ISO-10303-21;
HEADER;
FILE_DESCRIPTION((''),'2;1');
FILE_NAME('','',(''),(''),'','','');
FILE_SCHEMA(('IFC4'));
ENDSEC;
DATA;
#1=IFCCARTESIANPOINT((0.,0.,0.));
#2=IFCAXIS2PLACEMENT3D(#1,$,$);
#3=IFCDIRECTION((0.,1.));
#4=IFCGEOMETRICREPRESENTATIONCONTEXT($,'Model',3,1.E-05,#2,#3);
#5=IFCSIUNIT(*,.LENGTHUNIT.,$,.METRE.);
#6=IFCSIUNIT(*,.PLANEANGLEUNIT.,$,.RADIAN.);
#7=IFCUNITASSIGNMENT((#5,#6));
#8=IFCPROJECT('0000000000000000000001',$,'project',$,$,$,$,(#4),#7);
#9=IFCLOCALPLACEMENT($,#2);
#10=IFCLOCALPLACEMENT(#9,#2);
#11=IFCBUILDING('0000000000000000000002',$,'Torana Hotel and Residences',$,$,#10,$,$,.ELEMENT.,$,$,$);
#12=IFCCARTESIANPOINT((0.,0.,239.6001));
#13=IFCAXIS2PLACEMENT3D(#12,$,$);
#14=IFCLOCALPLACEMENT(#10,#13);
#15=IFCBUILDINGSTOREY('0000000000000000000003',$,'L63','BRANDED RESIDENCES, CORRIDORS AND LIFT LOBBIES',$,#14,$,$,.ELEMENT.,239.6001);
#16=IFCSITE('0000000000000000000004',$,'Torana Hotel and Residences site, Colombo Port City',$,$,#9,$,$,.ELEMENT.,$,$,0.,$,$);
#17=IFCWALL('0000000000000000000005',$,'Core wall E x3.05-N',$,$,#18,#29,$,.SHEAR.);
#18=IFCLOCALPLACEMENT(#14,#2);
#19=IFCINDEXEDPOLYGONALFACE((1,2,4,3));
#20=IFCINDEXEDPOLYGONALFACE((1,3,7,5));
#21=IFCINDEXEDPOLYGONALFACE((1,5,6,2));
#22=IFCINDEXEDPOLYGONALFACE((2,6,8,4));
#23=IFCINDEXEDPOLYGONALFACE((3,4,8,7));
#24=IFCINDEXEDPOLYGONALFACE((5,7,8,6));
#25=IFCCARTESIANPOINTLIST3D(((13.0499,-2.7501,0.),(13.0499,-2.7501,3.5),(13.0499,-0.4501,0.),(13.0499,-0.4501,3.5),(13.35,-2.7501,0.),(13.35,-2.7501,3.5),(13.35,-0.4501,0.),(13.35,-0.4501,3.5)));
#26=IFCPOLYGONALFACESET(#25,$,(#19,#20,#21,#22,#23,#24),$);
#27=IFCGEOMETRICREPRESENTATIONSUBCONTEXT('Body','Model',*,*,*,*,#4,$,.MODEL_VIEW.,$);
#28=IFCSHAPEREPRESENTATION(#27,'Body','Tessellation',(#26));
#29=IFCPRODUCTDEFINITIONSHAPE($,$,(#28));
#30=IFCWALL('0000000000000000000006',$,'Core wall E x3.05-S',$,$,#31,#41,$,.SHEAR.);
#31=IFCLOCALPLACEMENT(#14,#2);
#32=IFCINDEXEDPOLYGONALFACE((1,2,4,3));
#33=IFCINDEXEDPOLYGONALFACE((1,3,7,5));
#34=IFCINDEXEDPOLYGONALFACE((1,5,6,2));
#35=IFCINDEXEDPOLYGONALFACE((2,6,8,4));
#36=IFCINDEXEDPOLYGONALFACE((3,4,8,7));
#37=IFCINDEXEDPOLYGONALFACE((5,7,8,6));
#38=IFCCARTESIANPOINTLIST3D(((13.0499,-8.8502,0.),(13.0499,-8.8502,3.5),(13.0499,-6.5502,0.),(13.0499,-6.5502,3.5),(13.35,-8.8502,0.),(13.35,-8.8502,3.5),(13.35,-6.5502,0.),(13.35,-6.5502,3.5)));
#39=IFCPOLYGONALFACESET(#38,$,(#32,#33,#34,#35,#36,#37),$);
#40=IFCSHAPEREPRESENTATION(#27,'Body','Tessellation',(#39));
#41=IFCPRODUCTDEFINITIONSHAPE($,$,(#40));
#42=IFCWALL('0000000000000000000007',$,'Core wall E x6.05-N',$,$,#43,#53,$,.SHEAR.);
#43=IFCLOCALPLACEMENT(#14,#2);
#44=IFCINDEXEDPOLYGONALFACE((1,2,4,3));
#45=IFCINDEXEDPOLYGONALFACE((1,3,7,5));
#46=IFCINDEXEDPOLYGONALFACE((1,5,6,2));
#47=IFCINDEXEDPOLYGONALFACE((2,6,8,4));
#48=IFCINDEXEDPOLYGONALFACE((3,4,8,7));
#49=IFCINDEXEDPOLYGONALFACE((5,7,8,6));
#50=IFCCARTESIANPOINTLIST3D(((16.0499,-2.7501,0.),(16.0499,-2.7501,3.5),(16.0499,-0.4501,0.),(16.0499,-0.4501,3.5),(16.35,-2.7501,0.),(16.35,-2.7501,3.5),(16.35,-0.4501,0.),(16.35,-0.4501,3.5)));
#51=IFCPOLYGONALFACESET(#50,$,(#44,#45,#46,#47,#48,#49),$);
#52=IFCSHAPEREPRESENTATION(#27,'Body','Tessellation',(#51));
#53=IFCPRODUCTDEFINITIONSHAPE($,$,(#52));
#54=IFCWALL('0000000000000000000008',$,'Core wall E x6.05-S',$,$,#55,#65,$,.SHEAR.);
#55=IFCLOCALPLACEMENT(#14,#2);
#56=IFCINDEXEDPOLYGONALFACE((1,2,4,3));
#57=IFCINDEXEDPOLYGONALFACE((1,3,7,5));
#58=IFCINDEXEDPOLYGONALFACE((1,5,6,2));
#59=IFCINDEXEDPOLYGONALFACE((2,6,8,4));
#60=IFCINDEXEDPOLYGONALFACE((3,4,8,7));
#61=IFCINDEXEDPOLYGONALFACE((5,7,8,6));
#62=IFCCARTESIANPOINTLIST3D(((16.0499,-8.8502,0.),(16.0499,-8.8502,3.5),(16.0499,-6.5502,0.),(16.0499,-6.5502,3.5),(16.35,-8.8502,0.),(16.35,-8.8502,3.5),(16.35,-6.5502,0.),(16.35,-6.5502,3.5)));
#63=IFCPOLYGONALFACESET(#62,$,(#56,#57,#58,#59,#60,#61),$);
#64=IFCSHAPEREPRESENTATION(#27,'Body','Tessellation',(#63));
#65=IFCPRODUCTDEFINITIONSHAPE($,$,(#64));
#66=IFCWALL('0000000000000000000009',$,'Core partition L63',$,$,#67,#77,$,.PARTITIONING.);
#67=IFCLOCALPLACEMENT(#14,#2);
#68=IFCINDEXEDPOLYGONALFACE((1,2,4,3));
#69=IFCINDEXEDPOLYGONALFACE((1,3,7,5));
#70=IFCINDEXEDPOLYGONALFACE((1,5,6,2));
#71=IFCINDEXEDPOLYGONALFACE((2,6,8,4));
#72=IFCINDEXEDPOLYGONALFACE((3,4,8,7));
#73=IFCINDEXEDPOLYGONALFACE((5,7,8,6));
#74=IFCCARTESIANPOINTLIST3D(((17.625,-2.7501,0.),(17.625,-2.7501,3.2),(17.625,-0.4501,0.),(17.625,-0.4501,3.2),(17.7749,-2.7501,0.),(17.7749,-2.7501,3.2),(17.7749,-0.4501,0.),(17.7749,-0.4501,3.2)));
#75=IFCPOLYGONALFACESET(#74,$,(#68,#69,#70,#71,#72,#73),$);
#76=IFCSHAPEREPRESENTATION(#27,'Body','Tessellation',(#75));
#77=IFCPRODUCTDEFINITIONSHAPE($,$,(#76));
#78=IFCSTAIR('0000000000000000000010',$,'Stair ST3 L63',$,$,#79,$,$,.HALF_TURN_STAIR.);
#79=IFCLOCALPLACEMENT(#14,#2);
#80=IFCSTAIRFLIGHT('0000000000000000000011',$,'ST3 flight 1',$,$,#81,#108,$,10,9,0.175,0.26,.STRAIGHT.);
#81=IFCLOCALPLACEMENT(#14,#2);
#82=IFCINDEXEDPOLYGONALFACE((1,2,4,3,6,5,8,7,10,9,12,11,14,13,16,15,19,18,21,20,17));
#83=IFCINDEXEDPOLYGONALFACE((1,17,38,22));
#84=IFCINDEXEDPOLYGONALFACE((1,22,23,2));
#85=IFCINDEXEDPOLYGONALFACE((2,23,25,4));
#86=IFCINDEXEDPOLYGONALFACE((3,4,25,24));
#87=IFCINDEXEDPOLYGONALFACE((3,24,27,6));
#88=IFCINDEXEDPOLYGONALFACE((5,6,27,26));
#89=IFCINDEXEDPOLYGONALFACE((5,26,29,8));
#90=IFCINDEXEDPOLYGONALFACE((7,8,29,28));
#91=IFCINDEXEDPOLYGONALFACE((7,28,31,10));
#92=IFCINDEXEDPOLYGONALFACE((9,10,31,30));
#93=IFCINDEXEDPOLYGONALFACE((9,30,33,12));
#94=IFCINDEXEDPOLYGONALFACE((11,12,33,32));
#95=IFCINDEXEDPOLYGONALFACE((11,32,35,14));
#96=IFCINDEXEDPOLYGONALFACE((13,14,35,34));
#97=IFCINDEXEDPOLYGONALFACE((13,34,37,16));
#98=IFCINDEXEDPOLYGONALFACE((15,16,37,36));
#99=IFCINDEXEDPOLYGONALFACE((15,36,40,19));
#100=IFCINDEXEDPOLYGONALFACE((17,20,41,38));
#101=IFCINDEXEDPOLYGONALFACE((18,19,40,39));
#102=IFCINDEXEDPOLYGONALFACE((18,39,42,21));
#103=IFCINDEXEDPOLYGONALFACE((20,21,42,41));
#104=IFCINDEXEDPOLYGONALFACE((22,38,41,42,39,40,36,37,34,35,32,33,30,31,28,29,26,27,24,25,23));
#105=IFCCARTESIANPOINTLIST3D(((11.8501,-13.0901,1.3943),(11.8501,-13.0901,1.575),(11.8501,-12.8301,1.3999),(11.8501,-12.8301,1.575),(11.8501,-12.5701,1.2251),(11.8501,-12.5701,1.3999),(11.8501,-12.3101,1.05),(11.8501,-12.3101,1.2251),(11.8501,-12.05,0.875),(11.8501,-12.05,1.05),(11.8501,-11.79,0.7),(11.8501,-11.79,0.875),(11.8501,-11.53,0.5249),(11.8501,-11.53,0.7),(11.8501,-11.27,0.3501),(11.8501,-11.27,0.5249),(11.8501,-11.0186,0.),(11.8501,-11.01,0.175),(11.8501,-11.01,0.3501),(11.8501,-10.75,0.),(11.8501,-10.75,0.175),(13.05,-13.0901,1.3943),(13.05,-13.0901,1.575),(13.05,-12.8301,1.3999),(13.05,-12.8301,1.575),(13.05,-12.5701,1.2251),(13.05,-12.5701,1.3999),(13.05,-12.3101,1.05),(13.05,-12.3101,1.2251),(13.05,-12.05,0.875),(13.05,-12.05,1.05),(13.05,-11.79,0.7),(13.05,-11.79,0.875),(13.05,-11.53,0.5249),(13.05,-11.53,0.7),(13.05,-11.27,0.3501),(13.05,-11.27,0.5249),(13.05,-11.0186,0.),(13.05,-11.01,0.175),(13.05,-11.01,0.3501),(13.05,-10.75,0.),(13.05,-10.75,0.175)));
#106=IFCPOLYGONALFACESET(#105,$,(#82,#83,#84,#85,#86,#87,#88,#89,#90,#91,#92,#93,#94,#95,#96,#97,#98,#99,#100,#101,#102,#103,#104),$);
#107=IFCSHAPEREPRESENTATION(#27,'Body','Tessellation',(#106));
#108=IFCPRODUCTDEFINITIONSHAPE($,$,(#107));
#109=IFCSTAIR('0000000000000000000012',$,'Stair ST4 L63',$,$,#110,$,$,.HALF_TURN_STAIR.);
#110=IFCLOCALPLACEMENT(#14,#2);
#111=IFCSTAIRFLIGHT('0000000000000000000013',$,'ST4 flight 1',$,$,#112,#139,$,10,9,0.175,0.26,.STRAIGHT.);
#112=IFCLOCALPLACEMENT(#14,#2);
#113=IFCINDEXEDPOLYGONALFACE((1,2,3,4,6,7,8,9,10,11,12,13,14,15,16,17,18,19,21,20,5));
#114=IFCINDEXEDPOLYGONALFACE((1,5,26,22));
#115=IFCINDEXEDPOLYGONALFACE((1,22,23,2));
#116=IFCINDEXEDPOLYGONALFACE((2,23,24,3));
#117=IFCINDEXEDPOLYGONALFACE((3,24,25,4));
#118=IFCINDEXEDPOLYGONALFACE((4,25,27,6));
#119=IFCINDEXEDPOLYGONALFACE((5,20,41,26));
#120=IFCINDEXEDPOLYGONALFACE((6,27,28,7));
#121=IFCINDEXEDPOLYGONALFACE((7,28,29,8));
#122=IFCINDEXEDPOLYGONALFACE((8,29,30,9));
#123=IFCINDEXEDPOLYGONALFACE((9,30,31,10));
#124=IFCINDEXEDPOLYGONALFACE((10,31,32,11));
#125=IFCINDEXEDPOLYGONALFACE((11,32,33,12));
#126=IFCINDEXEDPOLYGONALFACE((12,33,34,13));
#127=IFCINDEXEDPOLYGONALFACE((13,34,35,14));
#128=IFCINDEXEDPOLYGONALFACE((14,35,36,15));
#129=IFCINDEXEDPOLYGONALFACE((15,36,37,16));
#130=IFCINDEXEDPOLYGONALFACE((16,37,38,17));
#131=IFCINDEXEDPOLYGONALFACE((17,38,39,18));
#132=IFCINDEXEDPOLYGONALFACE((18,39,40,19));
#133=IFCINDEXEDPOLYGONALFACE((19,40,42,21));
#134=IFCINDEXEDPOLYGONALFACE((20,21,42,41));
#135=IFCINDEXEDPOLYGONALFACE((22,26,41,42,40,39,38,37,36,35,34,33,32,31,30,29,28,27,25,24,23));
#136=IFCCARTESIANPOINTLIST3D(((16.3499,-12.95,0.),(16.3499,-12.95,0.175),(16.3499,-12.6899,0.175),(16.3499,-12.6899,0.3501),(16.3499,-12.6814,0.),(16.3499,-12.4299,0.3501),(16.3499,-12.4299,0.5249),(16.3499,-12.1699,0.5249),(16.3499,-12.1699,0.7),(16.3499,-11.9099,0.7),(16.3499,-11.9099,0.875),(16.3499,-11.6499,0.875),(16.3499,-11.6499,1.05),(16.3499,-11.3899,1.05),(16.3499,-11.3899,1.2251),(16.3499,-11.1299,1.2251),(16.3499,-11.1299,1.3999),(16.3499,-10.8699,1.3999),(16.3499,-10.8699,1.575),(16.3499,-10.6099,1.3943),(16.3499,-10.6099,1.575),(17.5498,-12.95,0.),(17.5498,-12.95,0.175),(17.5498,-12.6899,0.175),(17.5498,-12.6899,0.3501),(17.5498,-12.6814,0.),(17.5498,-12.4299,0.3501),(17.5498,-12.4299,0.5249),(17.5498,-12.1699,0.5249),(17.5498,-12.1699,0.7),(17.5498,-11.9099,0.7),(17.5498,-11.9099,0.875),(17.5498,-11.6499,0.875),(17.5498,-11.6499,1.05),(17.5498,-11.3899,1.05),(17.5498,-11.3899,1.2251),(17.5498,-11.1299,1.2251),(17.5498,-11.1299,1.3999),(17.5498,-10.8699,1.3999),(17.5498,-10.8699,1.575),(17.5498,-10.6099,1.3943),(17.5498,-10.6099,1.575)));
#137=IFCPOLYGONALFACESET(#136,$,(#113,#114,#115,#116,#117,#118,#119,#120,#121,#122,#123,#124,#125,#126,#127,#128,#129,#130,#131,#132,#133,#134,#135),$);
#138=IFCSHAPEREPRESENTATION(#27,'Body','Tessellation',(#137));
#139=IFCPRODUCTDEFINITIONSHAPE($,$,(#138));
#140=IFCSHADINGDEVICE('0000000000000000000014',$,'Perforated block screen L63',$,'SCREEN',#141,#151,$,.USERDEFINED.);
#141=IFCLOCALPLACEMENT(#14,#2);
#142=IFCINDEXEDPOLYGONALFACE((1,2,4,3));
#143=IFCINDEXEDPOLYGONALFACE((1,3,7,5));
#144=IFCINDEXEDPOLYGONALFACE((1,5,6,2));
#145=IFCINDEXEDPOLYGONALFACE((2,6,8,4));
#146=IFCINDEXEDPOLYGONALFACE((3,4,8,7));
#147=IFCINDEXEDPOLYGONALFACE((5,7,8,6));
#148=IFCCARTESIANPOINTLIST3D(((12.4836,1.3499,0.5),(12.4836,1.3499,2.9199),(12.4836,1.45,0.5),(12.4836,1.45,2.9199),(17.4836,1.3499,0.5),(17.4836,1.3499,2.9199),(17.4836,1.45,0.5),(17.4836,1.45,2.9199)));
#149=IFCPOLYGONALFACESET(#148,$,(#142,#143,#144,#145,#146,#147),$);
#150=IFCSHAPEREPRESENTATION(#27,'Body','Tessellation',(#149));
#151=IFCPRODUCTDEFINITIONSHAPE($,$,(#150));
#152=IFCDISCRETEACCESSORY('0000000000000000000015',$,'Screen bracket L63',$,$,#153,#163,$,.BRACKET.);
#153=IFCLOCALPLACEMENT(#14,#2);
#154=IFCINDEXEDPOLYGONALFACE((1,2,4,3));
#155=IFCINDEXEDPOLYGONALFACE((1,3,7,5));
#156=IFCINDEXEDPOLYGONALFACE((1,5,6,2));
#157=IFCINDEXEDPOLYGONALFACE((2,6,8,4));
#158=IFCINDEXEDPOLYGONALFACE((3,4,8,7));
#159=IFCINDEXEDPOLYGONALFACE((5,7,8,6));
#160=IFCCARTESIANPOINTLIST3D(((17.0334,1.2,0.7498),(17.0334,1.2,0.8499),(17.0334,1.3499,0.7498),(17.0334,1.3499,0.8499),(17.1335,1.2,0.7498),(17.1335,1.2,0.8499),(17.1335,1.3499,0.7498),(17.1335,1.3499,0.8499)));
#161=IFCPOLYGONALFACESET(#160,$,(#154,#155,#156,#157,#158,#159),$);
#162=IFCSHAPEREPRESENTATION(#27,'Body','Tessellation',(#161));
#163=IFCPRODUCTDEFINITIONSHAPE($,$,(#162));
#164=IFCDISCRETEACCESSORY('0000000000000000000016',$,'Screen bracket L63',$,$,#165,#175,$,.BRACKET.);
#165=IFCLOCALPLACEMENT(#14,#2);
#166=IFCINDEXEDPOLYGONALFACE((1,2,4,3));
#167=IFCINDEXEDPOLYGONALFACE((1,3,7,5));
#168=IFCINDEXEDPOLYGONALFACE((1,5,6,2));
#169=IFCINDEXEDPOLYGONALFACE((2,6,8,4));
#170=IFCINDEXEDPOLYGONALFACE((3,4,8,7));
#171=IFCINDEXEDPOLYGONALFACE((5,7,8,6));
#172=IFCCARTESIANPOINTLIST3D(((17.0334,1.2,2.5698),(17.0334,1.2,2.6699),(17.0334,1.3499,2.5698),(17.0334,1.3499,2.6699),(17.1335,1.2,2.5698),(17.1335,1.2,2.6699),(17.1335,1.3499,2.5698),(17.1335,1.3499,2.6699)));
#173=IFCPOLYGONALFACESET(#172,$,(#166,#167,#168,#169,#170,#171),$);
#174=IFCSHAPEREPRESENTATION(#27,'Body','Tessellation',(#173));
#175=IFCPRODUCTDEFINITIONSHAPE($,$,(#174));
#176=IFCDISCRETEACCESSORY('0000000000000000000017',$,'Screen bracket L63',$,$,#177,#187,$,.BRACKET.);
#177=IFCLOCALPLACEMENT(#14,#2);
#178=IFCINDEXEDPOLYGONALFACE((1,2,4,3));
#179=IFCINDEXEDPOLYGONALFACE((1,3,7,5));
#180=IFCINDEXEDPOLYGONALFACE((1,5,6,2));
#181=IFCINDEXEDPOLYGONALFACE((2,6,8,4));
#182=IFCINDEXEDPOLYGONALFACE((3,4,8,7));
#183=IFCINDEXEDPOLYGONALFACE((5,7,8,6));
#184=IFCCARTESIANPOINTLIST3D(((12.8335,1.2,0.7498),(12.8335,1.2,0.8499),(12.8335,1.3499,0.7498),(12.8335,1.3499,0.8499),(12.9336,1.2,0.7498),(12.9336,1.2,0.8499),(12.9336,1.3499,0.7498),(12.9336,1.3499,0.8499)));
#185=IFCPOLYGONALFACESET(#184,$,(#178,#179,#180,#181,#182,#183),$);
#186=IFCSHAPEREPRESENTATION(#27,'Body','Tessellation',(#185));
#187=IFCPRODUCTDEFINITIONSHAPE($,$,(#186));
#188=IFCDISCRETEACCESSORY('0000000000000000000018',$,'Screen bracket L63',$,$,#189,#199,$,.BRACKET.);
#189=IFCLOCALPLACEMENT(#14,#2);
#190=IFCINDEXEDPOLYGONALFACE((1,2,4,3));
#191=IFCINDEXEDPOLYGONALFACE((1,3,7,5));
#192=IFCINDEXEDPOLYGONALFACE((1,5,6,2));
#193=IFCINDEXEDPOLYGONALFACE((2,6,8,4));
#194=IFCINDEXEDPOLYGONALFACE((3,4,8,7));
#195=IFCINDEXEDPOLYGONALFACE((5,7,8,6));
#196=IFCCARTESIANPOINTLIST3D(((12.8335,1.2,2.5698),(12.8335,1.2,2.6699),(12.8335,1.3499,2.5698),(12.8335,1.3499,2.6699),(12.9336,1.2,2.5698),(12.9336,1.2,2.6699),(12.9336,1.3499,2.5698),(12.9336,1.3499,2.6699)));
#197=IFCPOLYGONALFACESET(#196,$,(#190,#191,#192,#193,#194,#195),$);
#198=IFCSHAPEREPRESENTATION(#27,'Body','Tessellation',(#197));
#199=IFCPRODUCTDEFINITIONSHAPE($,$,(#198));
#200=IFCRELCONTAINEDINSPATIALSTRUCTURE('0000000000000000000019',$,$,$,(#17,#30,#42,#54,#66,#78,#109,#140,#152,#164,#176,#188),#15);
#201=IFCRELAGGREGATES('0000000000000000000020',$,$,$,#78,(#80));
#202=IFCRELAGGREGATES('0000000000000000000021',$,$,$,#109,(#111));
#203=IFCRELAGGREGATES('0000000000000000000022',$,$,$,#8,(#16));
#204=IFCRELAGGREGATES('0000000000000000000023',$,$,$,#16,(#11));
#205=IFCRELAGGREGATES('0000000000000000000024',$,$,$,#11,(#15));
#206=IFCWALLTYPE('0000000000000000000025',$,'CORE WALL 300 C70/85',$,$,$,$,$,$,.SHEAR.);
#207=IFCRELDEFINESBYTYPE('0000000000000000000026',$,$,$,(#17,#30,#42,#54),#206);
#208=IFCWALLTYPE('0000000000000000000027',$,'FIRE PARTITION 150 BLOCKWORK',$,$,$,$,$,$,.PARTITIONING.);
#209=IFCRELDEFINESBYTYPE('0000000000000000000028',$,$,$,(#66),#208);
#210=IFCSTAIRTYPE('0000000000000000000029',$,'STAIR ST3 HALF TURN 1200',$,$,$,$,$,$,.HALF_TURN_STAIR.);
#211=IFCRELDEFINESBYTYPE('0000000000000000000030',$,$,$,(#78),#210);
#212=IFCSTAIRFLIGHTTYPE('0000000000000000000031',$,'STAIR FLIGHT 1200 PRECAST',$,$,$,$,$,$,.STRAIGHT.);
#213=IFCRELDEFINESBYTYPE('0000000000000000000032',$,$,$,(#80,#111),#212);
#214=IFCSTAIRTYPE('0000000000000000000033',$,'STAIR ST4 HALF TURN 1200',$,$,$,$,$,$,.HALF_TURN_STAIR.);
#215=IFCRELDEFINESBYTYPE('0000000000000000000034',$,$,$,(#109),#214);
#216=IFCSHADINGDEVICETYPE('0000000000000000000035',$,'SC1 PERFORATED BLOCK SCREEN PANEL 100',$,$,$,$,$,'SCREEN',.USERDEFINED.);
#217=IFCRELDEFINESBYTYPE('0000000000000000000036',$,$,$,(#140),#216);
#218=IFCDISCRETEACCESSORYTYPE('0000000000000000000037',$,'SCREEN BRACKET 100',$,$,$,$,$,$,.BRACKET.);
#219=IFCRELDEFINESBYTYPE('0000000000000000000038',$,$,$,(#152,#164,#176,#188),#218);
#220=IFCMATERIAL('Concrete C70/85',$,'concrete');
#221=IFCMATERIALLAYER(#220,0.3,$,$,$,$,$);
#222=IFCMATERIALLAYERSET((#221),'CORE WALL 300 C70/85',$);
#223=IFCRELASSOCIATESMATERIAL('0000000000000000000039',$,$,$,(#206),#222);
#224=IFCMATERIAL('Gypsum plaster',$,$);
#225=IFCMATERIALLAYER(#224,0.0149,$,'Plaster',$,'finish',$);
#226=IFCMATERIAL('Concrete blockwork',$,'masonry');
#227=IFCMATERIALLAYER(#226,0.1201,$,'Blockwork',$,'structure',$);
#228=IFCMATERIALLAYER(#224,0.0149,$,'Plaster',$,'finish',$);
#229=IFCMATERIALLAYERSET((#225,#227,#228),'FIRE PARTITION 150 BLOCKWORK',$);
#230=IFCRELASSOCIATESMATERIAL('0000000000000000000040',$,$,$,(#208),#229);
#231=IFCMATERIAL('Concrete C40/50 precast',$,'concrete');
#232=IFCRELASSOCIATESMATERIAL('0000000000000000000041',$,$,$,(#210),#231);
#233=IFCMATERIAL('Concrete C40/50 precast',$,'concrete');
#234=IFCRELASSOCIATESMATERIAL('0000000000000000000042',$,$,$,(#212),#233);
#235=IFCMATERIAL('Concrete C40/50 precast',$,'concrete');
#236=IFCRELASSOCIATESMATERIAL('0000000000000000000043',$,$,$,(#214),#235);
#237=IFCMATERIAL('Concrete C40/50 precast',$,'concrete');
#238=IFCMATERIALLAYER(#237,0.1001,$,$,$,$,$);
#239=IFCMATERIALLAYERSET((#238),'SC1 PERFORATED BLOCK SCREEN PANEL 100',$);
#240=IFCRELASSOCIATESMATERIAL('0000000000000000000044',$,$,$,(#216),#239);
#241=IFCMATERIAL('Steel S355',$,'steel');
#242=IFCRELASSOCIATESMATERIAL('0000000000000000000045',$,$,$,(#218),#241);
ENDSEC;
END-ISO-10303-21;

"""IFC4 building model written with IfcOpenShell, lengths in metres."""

from ifc_helpers import new_model, si_unit, direction, frame, frame_2d, origin, origin_2d, place, context, subcontext, project, spatial, polyline, rectangle, outline, extrude, material, layer, layer_set, type_object, element, aggregate, save


model = new_model("IFC4")

# Units and contexts
model_context = context("Model", 3, precision=1e-05, world=origin(), true_north=direction((0.0, 1.0)))
body_context = subcontext(model_context, "Body", "Model", "MODEL_VIEW")
ifc_project = project(units=[si_unit("LENGTHUNIT", "METRE"), si_unit("PLANEANGLEUNIT", "RADIAN")], contexts=[model_context])

# Site, building, storey
site_placement = place(None, origin())
site = spatial("IfcSite", under=ifc_project, at=site_placement, Name="Torana Hotel and Residences site, Colombo Port City", CompositionType="ELEMENT", RefElevation=0.0)
building_placement = place(site_placement, origin())
building = spatial("IfcBuilding", under=site, at=building_placement, Name="Torana Hotel and Residences", CompositionType="ELEMENT")
storey_placement = place(building_placement, frame((0.0, 0.0, 239.6001)))
storey = spatial("IfcBuildingStorey", under=building, at=storey_placement, Name="L63", Description="BRANDED RESIDENCES, CORRIDORS AND LIFT LOBBIES", CompositionType="ELEMENT", Elevation=239.6001)

# Walls
ifc_material_1 = material(Name="Concrete C70/85", Category="concrete")
ifc_layer_1 = layer(ifc_material_1, 0.3)
ifc_layer_set_1 = layer_set([ifc_layer_1], Name="CORE WALL 300 C70/85")
wall_type_1 = type_object("IfcWallType", Name="CORE WALL 300 C70/85", PredefinedType="SHEAR", material=ifc_layer_set_1)
for number, where, z_axis, x_axis, name in (
    (1, (13.2, -2.75, 0.0), (0.0, 0.0, 1.0), (0.0, 1.0, 0.0), "Core wall E x3.05-N"),
    (2, (13.2, -8.8501, 0.0), (0.0, 0.0, 1.0), (0.0, 1.0, 0.0), "Core wall E x3.05-S"),
    (3, (16.2, -2.75, 0.0), (0.0, 0.0, 1.0), (0.0, 1.0, 0.0), "Core wall E x6.05-N"),
    (4, (16.2, -8.8501, 0.0), (0.0, 0.0, 1.0), (0.0, 1.0, 0.0), "Core wall E x6.05-S"),
):
    element("IfcWall", number, at=place(storey_placement, frame(where, z_axis=z_axis, x_axis=x_axis)), inside=storey, type_object=wall_type_1, Name=name, PredefinedType="SHEAR", context=body_context, shape_type="SweptSolid", body=[
        extrude(rectangle(XDim=2.3, YDim=0.3, at=frame_2d((1.1499, 0.0))), origin(), (0.0, 0.0, 1.0), 3.5),
    ])
ifc_material_2 = material(Name="Gypsum plaster")
ifc_layer_2 = layer(ifc_material_2, 0.0149, Name="Plaster", Category="finish")
ifc_material_3 = material(Name="Concrete blockwork", Category="masonry")
ifc_layer_3 = layer(ifc_material_3, 0.1201, Name="Blockwork", Category="structure")
ifc_layer_4 = layer(ifc_material_2, 0.0149, Name="Plaster", Category="finish")
ifc_layer_set_2 = layer_set([ifc_layer_2, ifc_layer_3, ifc_layer_4], Name="FIRE PARTITION 150 BLOCKWORK")
wall_type_2 = type_object("IfcWallType", Name="FIRE PARTITION 150 BLOCKWORK", PredefinedType="PARTITIONING", material=ifc_layer_set_2)
wall_placement = place(storey_placement, frame((17.7, -2.75, 0.0), z_axis=(0.0, 0.0, 1.0), x_axis=(0.0, 1.0, 0.0)))
element("IfcWall", 5, at=wall_placement, inside=storey, type_object=wall_type_2, Name="Core partition L63", PredefinedType="PARTITIONING", context=body_context, shape_type="SweptSolid", body=[
    extrude(rectangle(XDim=2.3, YDim=0.1499, at=frame_2d((1.1499, 0.0))), origin(), (0.0, 0.0, 1.0), 3.2),
])

# Stairs, stair flights
ifc_material_4 = material(Name="Concrete C40/50 precast", Category="concrete")
stair_type_1 = type_object("IfcStairType", Name="STAIR ST3 HALF TURN 1200", PredefinedType="HALF_TURN_STAIR", material=ifc_material_4)
stair_1_placement = place(storey_placement, origin())
stair_1 = element("IfcStair", 6, at=stair_1_placement, inside=storey, type_object=stair_type_1, Name="Stair ST3 L63", PredefinedType="HALF_TURN_STAIR")
ifc_material_5 = material(Name="Concrete C40/50 precast", Category="concrete")
stair_flight_type = type_object("IfcStairFlightType", Name="STAIR FLIGHT 1200 PRECAST", PredefinedType="STRAIGHT", material=ifc_material_5)
stair_flight_1_placement = place(storey_placement, frame((12.45, -10.75, 0.0), z_axis=(0.0, 0.0, 1.0), x_axis=(0.0, -1.0, 0.0)))
stair_flight_1 = element("IfcStairFlight", 7, at=stair_flight_1_placement, type_object=stair_flight_type, Name="ST3 flight 1", NumberOfRisers=10, NumberOfTreads=9, PredefinedType="STRAIGHT", RiserHeight=0.175, TreadLength=0.26, context=body_context, shape_type="SweptSolid", body=[
    extrude(outline(polyline([(0.0, 0.0), (0.0, 0.175), (0.26, 0.175), (0.26, 0.3501), (0.52, 0.3501), (0.52, 0.5249), (0.78, 0.5249), (0.78, 0.7), (1.04, 0.7), (1.04, 0.875), (1.3, 0.875), (1.3, 1.05), (1.5601, 1.05), (1.5601, 1.2251), (1.8201, 1.2251), (1.8201, 1.3999), (2.0801, 1.3999), (2.0801, 1.575), (2.3401, 1.575), (2.3401, 1.75), (2.3401, 1.3943), (0.2686, 0.0), (0.0, 0.0)])), frame((0.0, 0.6001, 0.0), z_axis=(0.0, -1.0, 0.0), x_axis=(1.0, 0.0, 0.0)), (0.0, 0.0, 1.0), 1.2),
])
aggregate(stair_1, [stair_flight_1])
ifc_material_6 = material(Name="Concrete C40/50 precast", Category="concrete")
stair_type_2 = type_object("IfcStairType", Name="STAIR ST4 HALF TURN 1200", PredefinedType="HALF_TURN_STAIR", material=ifc_material_6)
stair_2_placement = place(storey_placement, origin())
stair_2 = element("IfcStair", 8, at=stair_2_placement, inside=storey, type_object=stair_type_2, Name="Stair ST4 L63", PredefinedType="HALF_TURN_STAIR")
stair_flight_2_placement = place(storey_placement, frame((16.95, -12.95, 0.0), z_axis=(0.0, 0.0, 1.0), x_axis=(0.0, 1.0, 0.0)))
stair_flight_2 = element("IfcStairFlight", 9, at=stair_flight_2_placement, type_object=stair_flight_type, Name="ST4 flight 1", NumberOfRisers=10, NumberOfTreads=9, PredefinedType="STRAIGHT", RiserHeight=0.175, TreadLength=0.26, context=body_context, shape_type="SweptSolid", body=[
    extrude(outline(polyline([(0.0, 0.0), (0.0, 0.175), (0.26, 0.175), (0.26, 0.3501), (0.52, 0.3501), (0.52, 0.5249), (0.78, 0.5249), (0.78, 0.7), (1.04, 0.7), (1.04, 0.875), (1.3, 0.875), (1.3, 1.05), (1.5601, 1.05), (1.5601, 1.2251), (1.8201, 1.2251), (1.8201, 1.3999), (2.0801, 1.3999), (2.0801, 1.575), (2.3401, 1.575), (2.3401, 1.75), (2.3401, 1.3943), (0.2686, 0.0), (0.0, 0.0)])), frame((0.0, 0.6001, 0.0), z_axis=(0.0, -1.0, 0.0), x_axis=(1.0, 0.0, 0.0)), (0.0, 0.0, 1.0), 1.2),
])
aggregate(stair_2, [stair_flight_2])

# Shading device
ifc_material_7 = material(Name="Concrete C40/50 precast", Category="concrete")
ifc_layer_5 = layer(ifc_material_7, 0.1001)
ifc_layer_set_3 = layer_set([ifc_layer_5], Name="SC1 PERFORATED BLOCK SCREEN PANEL 100")
shading_device_type = type_object("IfcShadingDeviceType", Name="SC1 PERFORATED BLOCK SCREEN PANEL 100", ElementType="SCREEN", PredefinedType="USERDEFINED", material=ifc_layer_set_3)
shading_device_placement = place(storey_placement, frame((14.9836, 1.3999, 0.5), z_axis=(0.0, 0.0, 1.0), x_axis=(-1.0, 0.0, 0.0)))
element("IfcShadingDevice", 10, at=shading_device_placement, inside=storey, type_object=shading_device_type, Name="Perforated block screen L63", ObjectType="SCREEN", PredefinedType="USERDEFINED", context=body_context, shape_type="SweptSolid", body=[
    extrude(rectangle(XDim=5.0, YDim=0.1001, at=origin_2d()), origin(), (0.0, 0.0, 1.0), 2.4199),
])

# Discrete accessories
ifc_material_8 = material(Name="Steel S355", Category="steel")
discrete_accessory_type = type_object("IfcDiscreteAccessoryType", Name="SCREEN BRACKET 100", PredefinedType="BRACKET", material=ifc_material_8)
for number, where, z_axis, x_axis, name in (
    (11, (17.0835, 1.2749, 0.7498), (0.0, 0.0, 1.0), (-1.0, 0.0, 0.0), "Screen bracket L63"),
    (12, (17.0835, 1.2749, 2.5698), (0.0, 0.0, 1.0), (-1.0, 0.0, 0.0), "Screen bracket L63"),
    (13, (12.8835, 1.2749, 0.7498), (0.0, 0.0, 1.0), (-1.0, 0.0, 0.0), "Screen bracket L63"),
    (14, (12.8835, 1.2749, 2.5698), (0.0, 0.0, 1.0), (-1.0, 0.0, 0.0), "Screen bracket L63"),
):
    element("IfcDiscreteAccessory", number, at=place(storey_placement, frame(where, z_axis=z_axis, x_axis=x_axis)), inside=storey, type_object=discrete_accessory_type, Name=name, PredefinedType="BRACKET", context=body_context, shape_type="SweptSolid", body=[
        extrude(rectangle(XDim=0.1001, YDim=0.1499, at=origin_2d()), origin(), (0.0, 0.0, 1.0), 0.1001),
    ])

save(model, "model.ifc")
